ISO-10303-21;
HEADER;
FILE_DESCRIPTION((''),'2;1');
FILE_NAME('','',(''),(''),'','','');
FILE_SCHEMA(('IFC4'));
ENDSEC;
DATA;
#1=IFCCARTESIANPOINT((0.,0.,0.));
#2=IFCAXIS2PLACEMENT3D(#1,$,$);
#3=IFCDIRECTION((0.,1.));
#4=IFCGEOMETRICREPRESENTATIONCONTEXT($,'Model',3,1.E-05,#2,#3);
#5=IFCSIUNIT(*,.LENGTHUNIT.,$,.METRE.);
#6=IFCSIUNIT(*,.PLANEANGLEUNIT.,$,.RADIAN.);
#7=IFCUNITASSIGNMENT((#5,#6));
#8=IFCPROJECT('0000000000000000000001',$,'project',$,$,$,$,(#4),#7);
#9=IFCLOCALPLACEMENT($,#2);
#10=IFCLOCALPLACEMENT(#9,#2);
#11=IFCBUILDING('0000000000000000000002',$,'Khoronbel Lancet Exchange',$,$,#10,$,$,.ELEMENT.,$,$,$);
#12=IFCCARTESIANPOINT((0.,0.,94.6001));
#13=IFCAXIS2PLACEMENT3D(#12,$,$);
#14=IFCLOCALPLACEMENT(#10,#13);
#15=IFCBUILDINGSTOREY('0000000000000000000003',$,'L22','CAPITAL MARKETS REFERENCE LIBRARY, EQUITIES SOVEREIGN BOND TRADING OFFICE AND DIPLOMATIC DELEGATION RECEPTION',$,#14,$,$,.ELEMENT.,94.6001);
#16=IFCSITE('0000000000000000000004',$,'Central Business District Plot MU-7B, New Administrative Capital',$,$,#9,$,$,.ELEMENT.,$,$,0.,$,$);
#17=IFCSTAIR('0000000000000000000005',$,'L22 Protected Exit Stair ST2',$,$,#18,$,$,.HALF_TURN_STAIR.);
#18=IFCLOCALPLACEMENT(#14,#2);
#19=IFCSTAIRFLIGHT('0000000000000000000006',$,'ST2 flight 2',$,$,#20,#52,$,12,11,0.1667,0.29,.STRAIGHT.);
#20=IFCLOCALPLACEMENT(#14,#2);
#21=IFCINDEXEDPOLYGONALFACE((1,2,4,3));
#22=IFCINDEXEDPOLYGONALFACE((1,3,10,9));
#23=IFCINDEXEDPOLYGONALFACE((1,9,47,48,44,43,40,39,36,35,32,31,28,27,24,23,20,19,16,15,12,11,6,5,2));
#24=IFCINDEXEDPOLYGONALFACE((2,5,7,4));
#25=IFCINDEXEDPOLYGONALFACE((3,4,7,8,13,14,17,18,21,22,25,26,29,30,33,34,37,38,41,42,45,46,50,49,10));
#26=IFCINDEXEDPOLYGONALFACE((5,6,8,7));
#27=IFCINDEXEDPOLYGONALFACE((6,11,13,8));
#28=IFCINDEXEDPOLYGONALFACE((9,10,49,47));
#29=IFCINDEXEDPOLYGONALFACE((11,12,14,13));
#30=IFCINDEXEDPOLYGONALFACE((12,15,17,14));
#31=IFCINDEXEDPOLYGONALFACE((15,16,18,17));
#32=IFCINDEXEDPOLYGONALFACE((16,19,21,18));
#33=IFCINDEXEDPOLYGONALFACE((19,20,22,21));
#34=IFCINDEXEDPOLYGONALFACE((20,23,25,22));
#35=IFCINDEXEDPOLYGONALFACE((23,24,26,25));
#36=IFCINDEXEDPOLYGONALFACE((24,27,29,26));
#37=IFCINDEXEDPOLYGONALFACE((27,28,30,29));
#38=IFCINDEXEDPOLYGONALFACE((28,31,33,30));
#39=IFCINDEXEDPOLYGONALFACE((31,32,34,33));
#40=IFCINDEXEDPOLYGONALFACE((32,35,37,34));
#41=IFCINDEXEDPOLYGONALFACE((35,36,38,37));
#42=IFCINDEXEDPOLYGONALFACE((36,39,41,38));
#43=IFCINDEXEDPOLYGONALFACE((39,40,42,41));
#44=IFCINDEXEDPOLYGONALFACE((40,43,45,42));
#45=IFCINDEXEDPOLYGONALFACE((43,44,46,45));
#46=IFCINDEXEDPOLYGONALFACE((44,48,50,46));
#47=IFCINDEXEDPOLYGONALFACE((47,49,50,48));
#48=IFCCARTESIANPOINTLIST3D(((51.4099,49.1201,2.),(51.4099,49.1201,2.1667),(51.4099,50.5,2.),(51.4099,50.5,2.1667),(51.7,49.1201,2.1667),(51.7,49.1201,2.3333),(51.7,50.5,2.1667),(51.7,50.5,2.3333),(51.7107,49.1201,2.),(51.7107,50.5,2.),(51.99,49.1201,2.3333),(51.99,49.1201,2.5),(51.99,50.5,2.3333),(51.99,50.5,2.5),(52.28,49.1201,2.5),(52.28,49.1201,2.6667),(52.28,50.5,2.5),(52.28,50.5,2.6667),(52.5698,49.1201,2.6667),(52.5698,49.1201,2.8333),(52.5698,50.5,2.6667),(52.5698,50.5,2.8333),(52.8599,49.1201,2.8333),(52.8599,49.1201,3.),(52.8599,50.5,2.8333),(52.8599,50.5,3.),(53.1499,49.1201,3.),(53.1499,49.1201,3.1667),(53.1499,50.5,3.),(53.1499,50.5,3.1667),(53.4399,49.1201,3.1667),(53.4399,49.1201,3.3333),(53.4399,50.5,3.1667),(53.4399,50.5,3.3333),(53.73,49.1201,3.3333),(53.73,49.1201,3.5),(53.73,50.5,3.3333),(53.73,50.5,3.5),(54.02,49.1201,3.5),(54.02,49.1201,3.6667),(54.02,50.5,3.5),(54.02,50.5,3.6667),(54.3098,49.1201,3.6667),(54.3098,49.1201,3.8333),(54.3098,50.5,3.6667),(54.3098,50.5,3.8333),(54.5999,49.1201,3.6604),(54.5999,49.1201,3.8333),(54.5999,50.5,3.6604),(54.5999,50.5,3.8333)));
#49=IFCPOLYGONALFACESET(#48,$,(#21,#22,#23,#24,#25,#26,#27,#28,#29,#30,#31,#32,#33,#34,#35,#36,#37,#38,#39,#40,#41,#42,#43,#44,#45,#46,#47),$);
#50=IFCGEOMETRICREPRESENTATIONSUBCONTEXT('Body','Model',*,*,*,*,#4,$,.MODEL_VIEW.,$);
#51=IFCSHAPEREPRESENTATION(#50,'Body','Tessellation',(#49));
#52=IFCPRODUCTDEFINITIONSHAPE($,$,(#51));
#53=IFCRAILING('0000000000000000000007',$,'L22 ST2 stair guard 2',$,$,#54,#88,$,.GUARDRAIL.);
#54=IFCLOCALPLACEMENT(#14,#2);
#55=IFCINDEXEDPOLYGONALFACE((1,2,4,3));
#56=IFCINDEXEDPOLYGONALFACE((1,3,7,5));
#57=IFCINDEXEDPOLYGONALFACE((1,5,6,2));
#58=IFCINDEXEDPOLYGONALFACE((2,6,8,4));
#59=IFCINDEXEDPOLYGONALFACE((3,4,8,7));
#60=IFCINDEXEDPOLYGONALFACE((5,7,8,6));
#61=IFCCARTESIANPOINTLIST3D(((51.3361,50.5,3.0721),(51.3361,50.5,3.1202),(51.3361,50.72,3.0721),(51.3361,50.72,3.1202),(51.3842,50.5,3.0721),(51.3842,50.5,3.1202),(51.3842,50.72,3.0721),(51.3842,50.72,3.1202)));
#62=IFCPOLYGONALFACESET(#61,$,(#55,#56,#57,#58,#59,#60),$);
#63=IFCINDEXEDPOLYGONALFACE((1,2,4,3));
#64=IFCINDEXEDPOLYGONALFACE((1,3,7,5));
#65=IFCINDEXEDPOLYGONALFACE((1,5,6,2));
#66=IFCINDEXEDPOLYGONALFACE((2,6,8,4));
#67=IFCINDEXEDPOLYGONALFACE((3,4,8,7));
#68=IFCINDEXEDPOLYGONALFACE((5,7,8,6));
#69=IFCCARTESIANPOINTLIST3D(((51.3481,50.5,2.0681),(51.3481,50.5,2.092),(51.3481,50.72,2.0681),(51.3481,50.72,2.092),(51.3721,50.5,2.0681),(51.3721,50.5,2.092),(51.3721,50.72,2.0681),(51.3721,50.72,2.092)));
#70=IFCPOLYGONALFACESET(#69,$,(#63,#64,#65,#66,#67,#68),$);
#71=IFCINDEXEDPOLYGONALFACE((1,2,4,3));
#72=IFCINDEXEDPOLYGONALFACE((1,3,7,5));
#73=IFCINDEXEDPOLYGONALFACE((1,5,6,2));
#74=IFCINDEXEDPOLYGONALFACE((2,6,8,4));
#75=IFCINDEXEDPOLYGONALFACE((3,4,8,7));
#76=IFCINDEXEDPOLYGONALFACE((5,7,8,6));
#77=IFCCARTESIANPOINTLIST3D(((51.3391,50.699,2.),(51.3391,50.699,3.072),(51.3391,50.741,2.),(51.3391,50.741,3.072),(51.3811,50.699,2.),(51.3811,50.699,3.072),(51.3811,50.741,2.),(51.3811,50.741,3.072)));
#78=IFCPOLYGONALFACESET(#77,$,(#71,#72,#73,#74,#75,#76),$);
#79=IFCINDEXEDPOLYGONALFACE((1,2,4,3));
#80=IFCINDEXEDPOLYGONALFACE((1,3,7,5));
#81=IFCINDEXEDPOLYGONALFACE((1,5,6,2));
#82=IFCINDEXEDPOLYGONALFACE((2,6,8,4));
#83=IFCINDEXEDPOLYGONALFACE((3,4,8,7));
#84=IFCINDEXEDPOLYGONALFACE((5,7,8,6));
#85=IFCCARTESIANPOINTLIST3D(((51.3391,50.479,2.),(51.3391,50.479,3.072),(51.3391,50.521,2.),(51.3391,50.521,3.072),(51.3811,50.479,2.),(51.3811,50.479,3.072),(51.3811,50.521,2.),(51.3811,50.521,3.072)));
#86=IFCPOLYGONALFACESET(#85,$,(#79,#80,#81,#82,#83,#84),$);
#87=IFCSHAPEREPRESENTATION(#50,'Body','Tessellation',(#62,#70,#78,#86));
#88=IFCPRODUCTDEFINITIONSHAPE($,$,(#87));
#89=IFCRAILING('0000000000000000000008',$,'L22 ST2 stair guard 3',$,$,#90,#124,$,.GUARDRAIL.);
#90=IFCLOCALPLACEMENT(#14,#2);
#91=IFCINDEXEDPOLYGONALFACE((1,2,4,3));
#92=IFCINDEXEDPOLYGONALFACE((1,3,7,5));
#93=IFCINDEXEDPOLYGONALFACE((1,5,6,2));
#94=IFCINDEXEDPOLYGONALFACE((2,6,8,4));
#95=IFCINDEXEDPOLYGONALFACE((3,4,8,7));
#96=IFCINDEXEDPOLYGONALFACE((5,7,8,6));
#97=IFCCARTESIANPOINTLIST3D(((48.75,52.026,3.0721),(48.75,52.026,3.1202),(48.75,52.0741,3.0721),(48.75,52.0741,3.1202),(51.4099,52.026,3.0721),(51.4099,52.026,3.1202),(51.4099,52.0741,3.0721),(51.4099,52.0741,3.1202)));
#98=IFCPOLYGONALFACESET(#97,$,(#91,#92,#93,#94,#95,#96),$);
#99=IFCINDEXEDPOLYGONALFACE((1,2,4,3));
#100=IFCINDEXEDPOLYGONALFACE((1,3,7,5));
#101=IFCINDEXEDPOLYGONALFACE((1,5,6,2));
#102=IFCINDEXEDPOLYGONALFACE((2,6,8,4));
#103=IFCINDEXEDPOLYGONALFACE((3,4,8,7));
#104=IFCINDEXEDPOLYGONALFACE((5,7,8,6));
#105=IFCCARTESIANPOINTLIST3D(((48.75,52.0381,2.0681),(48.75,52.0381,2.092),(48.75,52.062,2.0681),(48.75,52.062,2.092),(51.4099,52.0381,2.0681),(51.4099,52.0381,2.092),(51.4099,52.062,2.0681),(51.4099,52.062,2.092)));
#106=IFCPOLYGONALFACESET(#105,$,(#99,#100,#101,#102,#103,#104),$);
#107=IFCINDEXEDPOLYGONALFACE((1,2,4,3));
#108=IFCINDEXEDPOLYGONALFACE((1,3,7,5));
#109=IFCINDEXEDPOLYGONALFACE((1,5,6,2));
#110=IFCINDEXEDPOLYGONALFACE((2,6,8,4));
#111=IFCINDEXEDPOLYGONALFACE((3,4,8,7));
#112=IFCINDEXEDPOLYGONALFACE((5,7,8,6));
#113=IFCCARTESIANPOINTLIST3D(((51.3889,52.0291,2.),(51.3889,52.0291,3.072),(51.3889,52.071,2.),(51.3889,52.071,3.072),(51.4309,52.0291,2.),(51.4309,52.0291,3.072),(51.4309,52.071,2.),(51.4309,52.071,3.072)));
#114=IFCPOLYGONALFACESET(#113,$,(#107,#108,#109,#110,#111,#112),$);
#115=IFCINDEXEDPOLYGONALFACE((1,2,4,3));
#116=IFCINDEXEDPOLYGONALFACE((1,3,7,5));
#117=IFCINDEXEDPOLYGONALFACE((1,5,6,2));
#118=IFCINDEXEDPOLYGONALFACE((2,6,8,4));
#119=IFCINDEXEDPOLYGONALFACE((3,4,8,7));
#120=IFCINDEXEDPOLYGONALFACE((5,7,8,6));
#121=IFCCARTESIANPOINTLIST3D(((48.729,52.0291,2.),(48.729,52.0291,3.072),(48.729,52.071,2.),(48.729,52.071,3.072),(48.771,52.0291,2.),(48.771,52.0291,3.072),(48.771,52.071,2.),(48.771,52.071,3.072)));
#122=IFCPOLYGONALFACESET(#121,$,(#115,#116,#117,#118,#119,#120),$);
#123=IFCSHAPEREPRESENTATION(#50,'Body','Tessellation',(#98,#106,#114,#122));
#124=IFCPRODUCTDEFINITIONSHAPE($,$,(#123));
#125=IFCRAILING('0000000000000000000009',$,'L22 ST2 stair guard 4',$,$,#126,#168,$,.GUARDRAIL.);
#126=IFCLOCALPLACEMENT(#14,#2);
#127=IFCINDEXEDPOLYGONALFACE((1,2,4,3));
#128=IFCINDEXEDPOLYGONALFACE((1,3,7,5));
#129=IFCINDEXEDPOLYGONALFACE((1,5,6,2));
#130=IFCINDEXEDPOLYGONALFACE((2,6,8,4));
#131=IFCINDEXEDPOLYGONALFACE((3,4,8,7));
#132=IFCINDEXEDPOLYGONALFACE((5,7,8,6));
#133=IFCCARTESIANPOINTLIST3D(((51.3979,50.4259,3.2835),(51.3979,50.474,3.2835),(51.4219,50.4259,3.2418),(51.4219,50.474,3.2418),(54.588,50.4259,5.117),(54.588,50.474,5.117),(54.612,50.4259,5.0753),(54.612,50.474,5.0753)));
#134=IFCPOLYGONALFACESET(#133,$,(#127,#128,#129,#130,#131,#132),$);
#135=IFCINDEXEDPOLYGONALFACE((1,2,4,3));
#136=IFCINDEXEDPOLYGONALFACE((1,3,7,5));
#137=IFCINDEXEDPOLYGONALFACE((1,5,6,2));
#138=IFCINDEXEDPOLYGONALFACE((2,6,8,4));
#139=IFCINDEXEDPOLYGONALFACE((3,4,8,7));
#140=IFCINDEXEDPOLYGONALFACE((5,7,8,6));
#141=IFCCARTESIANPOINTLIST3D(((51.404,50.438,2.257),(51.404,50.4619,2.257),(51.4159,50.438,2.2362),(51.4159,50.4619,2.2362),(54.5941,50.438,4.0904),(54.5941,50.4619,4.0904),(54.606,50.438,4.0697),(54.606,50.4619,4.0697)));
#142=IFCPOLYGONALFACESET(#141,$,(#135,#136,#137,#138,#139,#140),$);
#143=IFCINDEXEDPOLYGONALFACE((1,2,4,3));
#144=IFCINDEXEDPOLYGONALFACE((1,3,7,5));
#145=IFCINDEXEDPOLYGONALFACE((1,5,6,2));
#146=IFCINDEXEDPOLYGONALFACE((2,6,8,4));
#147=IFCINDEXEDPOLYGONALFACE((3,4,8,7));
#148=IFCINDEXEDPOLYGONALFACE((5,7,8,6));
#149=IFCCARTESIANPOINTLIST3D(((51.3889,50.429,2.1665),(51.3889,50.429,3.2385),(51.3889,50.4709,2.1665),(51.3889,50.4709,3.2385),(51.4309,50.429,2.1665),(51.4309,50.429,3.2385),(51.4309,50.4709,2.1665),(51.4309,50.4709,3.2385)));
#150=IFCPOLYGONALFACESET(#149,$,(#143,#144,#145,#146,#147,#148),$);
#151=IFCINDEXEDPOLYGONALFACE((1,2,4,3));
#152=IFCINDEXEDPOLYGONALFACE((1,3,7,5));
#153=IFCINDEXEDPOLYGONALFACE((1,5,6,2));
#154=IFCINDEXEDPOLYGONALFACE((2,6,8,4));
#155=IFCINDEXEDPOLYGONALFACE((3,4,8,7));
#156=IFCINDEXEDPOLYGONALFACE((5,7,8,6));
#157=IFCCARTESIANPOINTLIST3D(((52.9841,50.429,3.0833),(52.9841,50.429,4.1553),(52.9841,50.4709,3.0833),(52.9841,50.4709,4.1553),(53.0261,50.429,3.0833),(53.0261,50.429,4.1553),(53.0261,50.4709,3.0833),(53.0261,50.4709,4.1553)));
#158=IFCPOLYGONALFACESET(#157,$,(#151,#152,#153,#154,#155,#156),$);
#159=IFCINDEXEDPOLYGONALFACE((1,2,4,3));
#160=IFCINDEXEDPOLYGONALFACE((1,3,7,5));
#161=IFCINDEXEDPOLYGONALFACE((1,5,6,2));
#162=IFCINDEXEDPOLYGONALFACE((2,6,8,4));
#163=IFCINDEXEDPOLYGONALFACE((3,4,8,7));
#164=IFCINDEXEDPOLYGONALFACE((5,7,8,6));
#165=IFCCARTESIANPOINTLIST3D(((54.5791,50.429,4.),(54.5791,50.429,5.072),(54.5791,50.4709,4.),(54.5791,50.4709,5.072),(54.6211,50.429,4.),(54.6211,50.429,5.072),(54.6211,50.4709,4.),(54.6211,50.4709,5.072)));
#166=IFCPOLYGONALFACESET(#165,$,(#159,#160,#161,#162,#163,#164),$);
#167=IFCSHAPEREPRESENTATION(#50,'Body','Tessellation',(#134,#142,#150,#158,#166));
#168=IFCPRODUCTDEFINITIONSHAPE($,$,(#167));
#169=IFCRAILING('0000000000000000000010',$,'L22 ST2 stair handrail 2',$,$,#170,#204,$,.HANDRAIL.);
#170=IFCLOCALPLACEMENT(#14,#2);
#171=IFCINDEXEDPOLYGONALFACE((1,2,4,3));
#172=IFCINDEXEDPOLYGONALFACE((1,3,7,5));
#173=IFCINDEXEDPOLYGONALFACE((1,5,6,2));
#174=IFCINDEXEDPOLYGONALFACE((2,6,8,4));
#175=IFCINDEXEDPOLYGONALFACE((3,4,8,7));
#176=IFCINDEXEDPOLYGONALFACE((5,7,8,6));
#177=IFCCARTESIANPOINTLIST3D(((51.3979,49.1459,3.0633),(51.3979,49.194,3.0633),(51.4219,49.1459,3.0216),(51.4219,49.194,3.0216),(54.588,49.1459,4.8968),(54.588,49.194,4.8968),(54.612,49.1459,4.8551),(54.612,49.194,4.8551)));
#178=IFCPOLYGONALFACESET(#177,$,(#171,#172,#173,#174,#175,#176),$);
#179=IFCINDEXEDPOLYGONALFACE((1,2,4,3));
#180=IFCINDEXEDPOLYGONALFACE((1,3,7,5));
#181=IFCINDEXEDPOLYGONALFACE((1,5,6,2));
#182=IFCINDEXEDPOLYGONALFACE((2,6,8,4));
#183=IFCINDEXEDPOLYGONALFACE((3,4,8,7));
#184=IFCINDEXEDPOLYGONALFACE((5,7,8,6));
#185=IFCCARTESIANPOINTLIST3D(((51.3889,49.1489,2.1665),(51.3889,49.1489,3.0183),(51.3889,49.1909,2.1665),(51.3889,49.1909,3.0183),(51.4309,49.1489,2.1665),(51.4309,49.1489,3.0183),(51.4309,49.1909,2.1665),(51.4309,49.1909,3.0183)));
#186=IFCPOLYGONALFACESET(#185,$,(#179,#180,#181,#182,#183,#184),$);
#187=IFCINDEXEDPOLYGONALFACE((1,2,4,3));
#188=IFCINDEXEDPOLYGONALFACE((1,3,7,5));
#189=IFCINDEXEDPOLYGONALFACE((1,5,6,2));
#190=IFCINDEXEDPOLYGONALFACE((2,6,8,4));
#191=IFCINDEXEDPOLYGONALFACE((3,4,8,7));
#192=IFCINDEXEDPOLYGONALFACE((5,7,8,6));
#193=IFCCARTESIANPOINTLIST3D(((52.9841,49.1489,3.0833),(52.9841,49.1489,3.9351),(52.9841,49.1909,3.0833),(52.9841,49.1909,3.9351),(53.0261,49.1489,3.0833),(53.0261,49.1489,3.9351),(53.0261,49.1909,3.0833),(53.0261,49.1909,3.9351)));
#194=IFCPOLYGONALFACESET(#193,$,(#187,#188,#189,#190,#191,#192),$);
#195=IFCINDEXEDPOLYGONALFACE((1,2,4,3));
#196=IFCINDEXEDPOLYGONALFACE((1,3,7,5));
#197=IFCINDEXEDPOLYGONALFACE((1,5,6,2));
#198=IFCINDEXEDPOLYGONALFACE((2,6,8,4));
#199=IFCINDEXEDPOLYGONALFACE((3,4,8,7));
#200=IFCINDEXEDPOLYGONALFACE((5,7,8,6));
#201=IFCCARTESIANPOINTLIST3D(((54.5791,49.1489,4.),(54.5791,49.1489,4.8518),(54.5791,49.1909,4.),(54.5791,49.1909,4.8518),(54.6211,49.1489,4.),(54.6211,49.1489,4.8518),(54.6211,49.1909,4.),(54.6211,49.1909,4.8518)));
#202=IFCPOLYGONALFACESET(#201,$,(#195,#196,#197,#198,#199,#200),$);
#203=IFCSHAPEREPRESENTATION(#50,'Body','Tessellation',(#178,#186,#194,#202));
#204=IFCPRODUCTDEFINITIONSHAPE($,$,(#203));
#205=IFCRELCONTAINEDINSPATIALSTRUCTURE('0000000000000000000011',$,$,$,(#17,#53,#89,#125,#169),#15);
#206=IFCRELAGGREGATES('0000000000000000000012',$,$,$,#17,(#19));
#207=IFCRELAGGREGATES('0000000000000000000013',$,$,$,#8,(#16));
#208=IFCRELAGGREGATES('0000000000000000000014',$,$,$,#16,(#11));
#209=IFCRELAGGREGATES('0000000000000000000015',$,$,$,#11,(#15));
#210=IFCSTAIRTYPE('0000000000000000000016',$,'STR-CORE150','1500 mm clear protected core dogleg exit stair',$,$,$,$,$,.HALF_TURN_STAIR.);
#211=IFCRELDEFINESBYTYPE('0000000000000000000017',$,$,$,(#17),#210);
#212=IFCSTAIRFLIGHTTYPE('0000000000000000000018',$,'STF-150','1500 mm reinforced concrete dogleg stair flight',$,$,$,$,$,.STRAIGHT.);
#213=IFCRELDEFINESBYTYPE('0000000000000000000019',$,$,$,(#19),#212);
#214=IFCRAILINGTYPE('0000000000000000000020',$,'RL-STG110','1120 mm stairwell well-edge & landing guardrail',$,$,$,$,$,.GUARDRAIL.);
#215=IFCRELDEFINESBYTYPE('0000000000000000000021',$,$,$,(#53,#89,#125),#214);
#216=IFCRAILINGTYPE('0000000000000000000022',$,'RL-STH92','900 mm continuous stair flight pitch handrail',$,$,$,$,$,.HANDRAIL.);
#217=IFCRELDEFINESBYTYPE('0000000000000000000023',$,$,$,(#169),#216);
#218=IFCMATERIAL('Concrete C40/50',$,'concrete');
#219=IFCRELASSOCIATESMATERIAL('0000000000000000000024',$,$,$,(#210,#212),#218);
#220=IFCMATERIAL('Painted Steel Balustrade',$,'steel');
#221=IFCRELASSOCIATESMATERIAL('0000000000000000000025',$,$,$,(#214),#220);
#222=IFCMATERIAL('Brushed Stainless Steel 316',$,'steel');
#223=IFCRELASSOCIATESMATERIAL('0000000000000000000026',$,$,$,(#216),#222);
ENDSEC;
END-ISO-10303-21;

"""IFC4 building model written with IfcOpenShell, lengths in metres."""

from ifc_helpers import new_model, si_unit, direction, frame, origin, origin_2d, place, context, subcontext, project, spatial, polyline, rectangle, outline, extrude, material, type_object, element, aggregate, save


model = new_model("IFC4")

# Units and contexts
model_context = context("Model", 3, precision=1e-05, world=origin(), true_north=direction((0.0, 1.0)))
body_context = subcontext(model_context, "Body", "Model", "MODEL_VIEW")
ifc_project = project(units=[si_unit("LENGTHUNIT", "METRE"), si_unit("PLANEANGLEUNIT", "RADIAN")], contexts=[model_context])

# Site, building, storey
site_placement = place(None, origin())
site = spatial("IfcSite", under=ifc_project, at=site_placement, Name="Central Business District Plot MU-7B, New Administrative Capital", CompositionType="ELEMENT", RefElevation=0.0)
building_placement = place(site_placement, origin())
building = spatial("IfcBuilding", under=site, at=building_placement, Name="Khoronbel Lancet Exchange", CompositionType="ELEMENT")
storey_placement = place(building_placement, frame((0.0, 0.0, 94.6001)))
storey = spatial("IfcBuildingStorey", under=building, at=storey_placement, Name="L22", Description="CAPITAL MARKETS REFERENCE LIBRARY, EQUITIES SOVEREIGN BOND TRADING OFFICE AND DIPLOMATIC DELEGATION RECEPTION", CompositionType="ELEMENT", Elevation=94.6001)

# Stair, stair flight
ifc_material_1 = material(Name="Concrete C40/50", Category="concrete")
stair_type = type_object("IfcStairType", Name="STR-CORE150", Description="1500 mm clear protected core dogleg exit stair", PredefinedType="HALF_TURN_STAIR", material=ifc_material_1)
stair_placement = place(storey_placement, origin())
stair = element("IfcStair", 1, at=stair_placement, inside=storey, type_object=stair_type, Name="L22 Protected Exit Stair ST2", PredefinedType="HALF_TURN_STAIR")
stair_flight_type = type_object("IfcStairFlightType", Name="STF-150", Description="1500 mm reinforced concrete dogleg stair flight", PredefinedType="STRAIGHT", material=ifc_material_1)
stair_flight_placement = place(storey_placement, frame((51.4099, 49.8101, 2.0), z_axis=(0.0, 0.0, 1.0), x_axis=(1.0, 0.0, 0.0)))
stair_flight = element("IfcStairFlight", 2, at=stair_flight_placement, type_object=stair_flight_type, Name="ST2 flight 2", NumberOfRisers=12, NumberOfTreads=11, PredefinedType="STRAIGHT", RiserHeight=0.1667, TreadLength=0.29, context=body_context, shape_type="SweptSolid", body=[
    extrude(outline(polyline([(0.0, 0.0), (0.0, 0.1667), (0.29, 0.1667), (0.29, 0.3333), (0.5801, 0.3333), (0.5801, 0.5), (0.8701, 0.5), (0.8701, 0.6667), (1.1599, 0.6667), (1.1599, 0.8333), (1.45, 0.8333), (1.45, 1.0), (1.74, 1.0), (1.74, 1.1667), (2.03, 1.1667), (2.03, 1.3333), (2.3201, 1.3333), (2.3201, 1.5), (2.6101, 1.5), (2.6101, 1.6667), (2.8999, 1.6667), (2.8999, 1.8333), (3.1899, 1.8333), (3.1899, 2.0), (3.1899, 1.6604), (0.3008, 0.0), (0.0, 0.0)])), frame((0.0, 0.6899, 0.0), z_axis=(0.0, -1.0, 0.0), x_axis=(1.0, 0.0, 0.0)), (0.0, 0.0, 1.0), 1.3799),
])
aggregate(stair, [stair_flight])

# Railings
ifc_material_2 = material(Name="Painted Steel Balustrade", Category="steel")
railing_type_1 = type_object("IfcRailingType", Name="RL-STG110", Description="1120 mm stairwell well-edge & landing guardrail", PredefinedType="GUARDRAIL", material=ifc_material_2)
railing_1_placement = place(storey_placement, frame((51.3601, 50.72, 2.0)))
element("IfcRailing", 3, at=railing_1_placement, inside=storey, type_object=railing_type_1, Name="L22 ST2 stair guard 2", PredefinedType="GUARDRAIL", context=body_context, shape_type="SweptSolid", body=[
    extrude(rectangle(XDim=0.0481, YDim=0.0481, at=origin_2d()), frame((0.0, 0.0, 1.0962), z_axis=(0.0, -1.0, 0.0), x_axis=(1.0, 0.0, 0.0)), (0.0, 0.0, 1.0), 0.22),
    extrude(rectangle(XDim=0.0239, YDim=0.0239, at=origin_2d()), frame((0.0, 0.0, 0.0801), z_axis=(0.0, -1.0, 0.0), x_axis=(1.0, 0.0, 0.0)), (0.0, 0.0, 1.0), 0.22),
    extrude(rectangle(XDim=0.042, YDim=0.042, at=origin_2d()), origin(), (0.0, 0.0, 1.0), 1.072),
    extrude(rectangle(XDim=0.042, YDim=0.042, at=origin_2d()), frame((0.0, -0.22, 0.0)), (0.0, 0.0, 1.0), 1.072),
])
railing_2_placement = place(storey_placement, frame((51.4099, 52.05, 2.0)))
element("IfcRailing", 4, at=railing_2_placement, inside=storey, type_object=railing_type_1, Name="L22 ST2 stair guard 3", PredefinedType="GUARDRAIL", context=body_context, shape_type="SweptSolid", body=[
    extrude(rectangle(XDim=0.0481, YDim=0.0481, at=origin_2d()), frame((0.0, 0.0, 1.0962), z_axis=(-1.0, 0.0, 0.0), x_axis=(0.0, -1.0, 0.0)), (0.0, 0.0, 1.0), 2.6599),
    extrude(rectangle(XDim=0.0239, YDim=0.0239, at=origin_2d()), frame((0.0, 0.0, 0.0801), z_axis=(-1.0, 0.0, 0.0), x_axis=(0.0, -1.0, 0.0)), (0.0, 0.0, 1.0), 2.6599),
    extrude(rectangle(XDim=0.042, YDim=0.042, at=origin_2d()), origin(), (0.0, 0.0, 1.0), 1.072),
    extrude(rectangle(XDim=0.042, YDim=0.042, at=origin_2d()), frame((-2.6599, 0.0, 0.0)), (0.0, 0.0, 1.0), 1.072),
])
railing_3_placement = place(storey_placement, frame((51.4099, 50.45, 2.1665)))
element("IfcRailing", 5, at=railing_3_placement, inside=storey, type_object=railing_type_1, Name="L22 ST2 stair guard 4", PredefinedType="GUARDRAIL", context=body_context, shape_type="SweptSolid", body=[
    extrude(rectangle(XDim=0.0481, YDim=0.0481, at=origin_2d()), frame((0.0, 0.0, 1.0962), z_axis=(0.867007, 0.0, 0.498295), x_axis=(0.0, 1.0, 0.0)), (0.0, 0.0, 1.0), 3.6794),
    extrude(rectangle(XDim=0.0239, YDim=0.0239, at=origin_2d()), frame((0.0, 0.0, 0.0801), z_axis=(0.867007, 0.0, 0.498295), x_axis=(0.0, 1.0, 0.0)), (0.0, 0.0, 1.0), 3.6794),
    extrude(rectangle(XDim=0.042, YDim=0.042, at=origin_2d()), origin(), (0.0, 0.0, 1.0), 1.072),
    extrude(rectangle(XDim=0.042, YDim=0.042, at=origin_2d()), frame((1.5952, 0.0, 0.9167)), (0.0, 0.0, 1.0), 1.072),
    extrude(rectangle(XDim=0.042, YDim=0.042, at=origin_2d()), frame((3.1902, 0.0, 1.8335)), (0.0, 0.0, 1.0), 1.072),
])
ifc_material_3 = material(Name="Brushed Stainless Steel 316", Category="steel")
railing_type_2 = type_object("IfcRailingType", Name="RL-STH92", Description="900 mm continuous stair flight pitch handrail", PredefinedType="HANDRAIL", material=ifc_material_3)
railing_4_placement = place(storey_placement, frame((51.4099, 49.1699, 2.1665)))
element("IfcRailing", 6, at=railing_4_placement, inside=storey, type_object=railing_type_2, Name="L22 ST2 stair handrail 2", PredefinedType="HANDRAIL", context=body_context, shape_type="SweptSolid", body=[
    extrude(rectangle(XDim=0.0481, YDim=0.0481, at=origin_2d()), frame((0.0, 0.0, 0.876), z_axis=(0.867007, 0.0, 0.498295), x_axis=(0.0, 1.0, 0.0)), (0.0, 0.0, 1.0), 3.6794),
    extrude(rectangle(XDim=0.042, YDim=0.042, at=origin_2d()), origin(), (0.0, 0.0, 1.0), 0.8518),
    extrude(rectangle(XDim=0.042, YDim=0.042, at=origin_2d()), frame((1.5952, 0.0, 0.9167)), (0.0, 0.0, 1.0), 0.8518),
    extrude(rectangle(XDim=0.042, YDim=0.042, at=origin_2d()), frame((3.1902, 0.0, 1.8335)), (0.0, 0.0, 1.0), 0.8518),
])

save(model, "model.ifc")
